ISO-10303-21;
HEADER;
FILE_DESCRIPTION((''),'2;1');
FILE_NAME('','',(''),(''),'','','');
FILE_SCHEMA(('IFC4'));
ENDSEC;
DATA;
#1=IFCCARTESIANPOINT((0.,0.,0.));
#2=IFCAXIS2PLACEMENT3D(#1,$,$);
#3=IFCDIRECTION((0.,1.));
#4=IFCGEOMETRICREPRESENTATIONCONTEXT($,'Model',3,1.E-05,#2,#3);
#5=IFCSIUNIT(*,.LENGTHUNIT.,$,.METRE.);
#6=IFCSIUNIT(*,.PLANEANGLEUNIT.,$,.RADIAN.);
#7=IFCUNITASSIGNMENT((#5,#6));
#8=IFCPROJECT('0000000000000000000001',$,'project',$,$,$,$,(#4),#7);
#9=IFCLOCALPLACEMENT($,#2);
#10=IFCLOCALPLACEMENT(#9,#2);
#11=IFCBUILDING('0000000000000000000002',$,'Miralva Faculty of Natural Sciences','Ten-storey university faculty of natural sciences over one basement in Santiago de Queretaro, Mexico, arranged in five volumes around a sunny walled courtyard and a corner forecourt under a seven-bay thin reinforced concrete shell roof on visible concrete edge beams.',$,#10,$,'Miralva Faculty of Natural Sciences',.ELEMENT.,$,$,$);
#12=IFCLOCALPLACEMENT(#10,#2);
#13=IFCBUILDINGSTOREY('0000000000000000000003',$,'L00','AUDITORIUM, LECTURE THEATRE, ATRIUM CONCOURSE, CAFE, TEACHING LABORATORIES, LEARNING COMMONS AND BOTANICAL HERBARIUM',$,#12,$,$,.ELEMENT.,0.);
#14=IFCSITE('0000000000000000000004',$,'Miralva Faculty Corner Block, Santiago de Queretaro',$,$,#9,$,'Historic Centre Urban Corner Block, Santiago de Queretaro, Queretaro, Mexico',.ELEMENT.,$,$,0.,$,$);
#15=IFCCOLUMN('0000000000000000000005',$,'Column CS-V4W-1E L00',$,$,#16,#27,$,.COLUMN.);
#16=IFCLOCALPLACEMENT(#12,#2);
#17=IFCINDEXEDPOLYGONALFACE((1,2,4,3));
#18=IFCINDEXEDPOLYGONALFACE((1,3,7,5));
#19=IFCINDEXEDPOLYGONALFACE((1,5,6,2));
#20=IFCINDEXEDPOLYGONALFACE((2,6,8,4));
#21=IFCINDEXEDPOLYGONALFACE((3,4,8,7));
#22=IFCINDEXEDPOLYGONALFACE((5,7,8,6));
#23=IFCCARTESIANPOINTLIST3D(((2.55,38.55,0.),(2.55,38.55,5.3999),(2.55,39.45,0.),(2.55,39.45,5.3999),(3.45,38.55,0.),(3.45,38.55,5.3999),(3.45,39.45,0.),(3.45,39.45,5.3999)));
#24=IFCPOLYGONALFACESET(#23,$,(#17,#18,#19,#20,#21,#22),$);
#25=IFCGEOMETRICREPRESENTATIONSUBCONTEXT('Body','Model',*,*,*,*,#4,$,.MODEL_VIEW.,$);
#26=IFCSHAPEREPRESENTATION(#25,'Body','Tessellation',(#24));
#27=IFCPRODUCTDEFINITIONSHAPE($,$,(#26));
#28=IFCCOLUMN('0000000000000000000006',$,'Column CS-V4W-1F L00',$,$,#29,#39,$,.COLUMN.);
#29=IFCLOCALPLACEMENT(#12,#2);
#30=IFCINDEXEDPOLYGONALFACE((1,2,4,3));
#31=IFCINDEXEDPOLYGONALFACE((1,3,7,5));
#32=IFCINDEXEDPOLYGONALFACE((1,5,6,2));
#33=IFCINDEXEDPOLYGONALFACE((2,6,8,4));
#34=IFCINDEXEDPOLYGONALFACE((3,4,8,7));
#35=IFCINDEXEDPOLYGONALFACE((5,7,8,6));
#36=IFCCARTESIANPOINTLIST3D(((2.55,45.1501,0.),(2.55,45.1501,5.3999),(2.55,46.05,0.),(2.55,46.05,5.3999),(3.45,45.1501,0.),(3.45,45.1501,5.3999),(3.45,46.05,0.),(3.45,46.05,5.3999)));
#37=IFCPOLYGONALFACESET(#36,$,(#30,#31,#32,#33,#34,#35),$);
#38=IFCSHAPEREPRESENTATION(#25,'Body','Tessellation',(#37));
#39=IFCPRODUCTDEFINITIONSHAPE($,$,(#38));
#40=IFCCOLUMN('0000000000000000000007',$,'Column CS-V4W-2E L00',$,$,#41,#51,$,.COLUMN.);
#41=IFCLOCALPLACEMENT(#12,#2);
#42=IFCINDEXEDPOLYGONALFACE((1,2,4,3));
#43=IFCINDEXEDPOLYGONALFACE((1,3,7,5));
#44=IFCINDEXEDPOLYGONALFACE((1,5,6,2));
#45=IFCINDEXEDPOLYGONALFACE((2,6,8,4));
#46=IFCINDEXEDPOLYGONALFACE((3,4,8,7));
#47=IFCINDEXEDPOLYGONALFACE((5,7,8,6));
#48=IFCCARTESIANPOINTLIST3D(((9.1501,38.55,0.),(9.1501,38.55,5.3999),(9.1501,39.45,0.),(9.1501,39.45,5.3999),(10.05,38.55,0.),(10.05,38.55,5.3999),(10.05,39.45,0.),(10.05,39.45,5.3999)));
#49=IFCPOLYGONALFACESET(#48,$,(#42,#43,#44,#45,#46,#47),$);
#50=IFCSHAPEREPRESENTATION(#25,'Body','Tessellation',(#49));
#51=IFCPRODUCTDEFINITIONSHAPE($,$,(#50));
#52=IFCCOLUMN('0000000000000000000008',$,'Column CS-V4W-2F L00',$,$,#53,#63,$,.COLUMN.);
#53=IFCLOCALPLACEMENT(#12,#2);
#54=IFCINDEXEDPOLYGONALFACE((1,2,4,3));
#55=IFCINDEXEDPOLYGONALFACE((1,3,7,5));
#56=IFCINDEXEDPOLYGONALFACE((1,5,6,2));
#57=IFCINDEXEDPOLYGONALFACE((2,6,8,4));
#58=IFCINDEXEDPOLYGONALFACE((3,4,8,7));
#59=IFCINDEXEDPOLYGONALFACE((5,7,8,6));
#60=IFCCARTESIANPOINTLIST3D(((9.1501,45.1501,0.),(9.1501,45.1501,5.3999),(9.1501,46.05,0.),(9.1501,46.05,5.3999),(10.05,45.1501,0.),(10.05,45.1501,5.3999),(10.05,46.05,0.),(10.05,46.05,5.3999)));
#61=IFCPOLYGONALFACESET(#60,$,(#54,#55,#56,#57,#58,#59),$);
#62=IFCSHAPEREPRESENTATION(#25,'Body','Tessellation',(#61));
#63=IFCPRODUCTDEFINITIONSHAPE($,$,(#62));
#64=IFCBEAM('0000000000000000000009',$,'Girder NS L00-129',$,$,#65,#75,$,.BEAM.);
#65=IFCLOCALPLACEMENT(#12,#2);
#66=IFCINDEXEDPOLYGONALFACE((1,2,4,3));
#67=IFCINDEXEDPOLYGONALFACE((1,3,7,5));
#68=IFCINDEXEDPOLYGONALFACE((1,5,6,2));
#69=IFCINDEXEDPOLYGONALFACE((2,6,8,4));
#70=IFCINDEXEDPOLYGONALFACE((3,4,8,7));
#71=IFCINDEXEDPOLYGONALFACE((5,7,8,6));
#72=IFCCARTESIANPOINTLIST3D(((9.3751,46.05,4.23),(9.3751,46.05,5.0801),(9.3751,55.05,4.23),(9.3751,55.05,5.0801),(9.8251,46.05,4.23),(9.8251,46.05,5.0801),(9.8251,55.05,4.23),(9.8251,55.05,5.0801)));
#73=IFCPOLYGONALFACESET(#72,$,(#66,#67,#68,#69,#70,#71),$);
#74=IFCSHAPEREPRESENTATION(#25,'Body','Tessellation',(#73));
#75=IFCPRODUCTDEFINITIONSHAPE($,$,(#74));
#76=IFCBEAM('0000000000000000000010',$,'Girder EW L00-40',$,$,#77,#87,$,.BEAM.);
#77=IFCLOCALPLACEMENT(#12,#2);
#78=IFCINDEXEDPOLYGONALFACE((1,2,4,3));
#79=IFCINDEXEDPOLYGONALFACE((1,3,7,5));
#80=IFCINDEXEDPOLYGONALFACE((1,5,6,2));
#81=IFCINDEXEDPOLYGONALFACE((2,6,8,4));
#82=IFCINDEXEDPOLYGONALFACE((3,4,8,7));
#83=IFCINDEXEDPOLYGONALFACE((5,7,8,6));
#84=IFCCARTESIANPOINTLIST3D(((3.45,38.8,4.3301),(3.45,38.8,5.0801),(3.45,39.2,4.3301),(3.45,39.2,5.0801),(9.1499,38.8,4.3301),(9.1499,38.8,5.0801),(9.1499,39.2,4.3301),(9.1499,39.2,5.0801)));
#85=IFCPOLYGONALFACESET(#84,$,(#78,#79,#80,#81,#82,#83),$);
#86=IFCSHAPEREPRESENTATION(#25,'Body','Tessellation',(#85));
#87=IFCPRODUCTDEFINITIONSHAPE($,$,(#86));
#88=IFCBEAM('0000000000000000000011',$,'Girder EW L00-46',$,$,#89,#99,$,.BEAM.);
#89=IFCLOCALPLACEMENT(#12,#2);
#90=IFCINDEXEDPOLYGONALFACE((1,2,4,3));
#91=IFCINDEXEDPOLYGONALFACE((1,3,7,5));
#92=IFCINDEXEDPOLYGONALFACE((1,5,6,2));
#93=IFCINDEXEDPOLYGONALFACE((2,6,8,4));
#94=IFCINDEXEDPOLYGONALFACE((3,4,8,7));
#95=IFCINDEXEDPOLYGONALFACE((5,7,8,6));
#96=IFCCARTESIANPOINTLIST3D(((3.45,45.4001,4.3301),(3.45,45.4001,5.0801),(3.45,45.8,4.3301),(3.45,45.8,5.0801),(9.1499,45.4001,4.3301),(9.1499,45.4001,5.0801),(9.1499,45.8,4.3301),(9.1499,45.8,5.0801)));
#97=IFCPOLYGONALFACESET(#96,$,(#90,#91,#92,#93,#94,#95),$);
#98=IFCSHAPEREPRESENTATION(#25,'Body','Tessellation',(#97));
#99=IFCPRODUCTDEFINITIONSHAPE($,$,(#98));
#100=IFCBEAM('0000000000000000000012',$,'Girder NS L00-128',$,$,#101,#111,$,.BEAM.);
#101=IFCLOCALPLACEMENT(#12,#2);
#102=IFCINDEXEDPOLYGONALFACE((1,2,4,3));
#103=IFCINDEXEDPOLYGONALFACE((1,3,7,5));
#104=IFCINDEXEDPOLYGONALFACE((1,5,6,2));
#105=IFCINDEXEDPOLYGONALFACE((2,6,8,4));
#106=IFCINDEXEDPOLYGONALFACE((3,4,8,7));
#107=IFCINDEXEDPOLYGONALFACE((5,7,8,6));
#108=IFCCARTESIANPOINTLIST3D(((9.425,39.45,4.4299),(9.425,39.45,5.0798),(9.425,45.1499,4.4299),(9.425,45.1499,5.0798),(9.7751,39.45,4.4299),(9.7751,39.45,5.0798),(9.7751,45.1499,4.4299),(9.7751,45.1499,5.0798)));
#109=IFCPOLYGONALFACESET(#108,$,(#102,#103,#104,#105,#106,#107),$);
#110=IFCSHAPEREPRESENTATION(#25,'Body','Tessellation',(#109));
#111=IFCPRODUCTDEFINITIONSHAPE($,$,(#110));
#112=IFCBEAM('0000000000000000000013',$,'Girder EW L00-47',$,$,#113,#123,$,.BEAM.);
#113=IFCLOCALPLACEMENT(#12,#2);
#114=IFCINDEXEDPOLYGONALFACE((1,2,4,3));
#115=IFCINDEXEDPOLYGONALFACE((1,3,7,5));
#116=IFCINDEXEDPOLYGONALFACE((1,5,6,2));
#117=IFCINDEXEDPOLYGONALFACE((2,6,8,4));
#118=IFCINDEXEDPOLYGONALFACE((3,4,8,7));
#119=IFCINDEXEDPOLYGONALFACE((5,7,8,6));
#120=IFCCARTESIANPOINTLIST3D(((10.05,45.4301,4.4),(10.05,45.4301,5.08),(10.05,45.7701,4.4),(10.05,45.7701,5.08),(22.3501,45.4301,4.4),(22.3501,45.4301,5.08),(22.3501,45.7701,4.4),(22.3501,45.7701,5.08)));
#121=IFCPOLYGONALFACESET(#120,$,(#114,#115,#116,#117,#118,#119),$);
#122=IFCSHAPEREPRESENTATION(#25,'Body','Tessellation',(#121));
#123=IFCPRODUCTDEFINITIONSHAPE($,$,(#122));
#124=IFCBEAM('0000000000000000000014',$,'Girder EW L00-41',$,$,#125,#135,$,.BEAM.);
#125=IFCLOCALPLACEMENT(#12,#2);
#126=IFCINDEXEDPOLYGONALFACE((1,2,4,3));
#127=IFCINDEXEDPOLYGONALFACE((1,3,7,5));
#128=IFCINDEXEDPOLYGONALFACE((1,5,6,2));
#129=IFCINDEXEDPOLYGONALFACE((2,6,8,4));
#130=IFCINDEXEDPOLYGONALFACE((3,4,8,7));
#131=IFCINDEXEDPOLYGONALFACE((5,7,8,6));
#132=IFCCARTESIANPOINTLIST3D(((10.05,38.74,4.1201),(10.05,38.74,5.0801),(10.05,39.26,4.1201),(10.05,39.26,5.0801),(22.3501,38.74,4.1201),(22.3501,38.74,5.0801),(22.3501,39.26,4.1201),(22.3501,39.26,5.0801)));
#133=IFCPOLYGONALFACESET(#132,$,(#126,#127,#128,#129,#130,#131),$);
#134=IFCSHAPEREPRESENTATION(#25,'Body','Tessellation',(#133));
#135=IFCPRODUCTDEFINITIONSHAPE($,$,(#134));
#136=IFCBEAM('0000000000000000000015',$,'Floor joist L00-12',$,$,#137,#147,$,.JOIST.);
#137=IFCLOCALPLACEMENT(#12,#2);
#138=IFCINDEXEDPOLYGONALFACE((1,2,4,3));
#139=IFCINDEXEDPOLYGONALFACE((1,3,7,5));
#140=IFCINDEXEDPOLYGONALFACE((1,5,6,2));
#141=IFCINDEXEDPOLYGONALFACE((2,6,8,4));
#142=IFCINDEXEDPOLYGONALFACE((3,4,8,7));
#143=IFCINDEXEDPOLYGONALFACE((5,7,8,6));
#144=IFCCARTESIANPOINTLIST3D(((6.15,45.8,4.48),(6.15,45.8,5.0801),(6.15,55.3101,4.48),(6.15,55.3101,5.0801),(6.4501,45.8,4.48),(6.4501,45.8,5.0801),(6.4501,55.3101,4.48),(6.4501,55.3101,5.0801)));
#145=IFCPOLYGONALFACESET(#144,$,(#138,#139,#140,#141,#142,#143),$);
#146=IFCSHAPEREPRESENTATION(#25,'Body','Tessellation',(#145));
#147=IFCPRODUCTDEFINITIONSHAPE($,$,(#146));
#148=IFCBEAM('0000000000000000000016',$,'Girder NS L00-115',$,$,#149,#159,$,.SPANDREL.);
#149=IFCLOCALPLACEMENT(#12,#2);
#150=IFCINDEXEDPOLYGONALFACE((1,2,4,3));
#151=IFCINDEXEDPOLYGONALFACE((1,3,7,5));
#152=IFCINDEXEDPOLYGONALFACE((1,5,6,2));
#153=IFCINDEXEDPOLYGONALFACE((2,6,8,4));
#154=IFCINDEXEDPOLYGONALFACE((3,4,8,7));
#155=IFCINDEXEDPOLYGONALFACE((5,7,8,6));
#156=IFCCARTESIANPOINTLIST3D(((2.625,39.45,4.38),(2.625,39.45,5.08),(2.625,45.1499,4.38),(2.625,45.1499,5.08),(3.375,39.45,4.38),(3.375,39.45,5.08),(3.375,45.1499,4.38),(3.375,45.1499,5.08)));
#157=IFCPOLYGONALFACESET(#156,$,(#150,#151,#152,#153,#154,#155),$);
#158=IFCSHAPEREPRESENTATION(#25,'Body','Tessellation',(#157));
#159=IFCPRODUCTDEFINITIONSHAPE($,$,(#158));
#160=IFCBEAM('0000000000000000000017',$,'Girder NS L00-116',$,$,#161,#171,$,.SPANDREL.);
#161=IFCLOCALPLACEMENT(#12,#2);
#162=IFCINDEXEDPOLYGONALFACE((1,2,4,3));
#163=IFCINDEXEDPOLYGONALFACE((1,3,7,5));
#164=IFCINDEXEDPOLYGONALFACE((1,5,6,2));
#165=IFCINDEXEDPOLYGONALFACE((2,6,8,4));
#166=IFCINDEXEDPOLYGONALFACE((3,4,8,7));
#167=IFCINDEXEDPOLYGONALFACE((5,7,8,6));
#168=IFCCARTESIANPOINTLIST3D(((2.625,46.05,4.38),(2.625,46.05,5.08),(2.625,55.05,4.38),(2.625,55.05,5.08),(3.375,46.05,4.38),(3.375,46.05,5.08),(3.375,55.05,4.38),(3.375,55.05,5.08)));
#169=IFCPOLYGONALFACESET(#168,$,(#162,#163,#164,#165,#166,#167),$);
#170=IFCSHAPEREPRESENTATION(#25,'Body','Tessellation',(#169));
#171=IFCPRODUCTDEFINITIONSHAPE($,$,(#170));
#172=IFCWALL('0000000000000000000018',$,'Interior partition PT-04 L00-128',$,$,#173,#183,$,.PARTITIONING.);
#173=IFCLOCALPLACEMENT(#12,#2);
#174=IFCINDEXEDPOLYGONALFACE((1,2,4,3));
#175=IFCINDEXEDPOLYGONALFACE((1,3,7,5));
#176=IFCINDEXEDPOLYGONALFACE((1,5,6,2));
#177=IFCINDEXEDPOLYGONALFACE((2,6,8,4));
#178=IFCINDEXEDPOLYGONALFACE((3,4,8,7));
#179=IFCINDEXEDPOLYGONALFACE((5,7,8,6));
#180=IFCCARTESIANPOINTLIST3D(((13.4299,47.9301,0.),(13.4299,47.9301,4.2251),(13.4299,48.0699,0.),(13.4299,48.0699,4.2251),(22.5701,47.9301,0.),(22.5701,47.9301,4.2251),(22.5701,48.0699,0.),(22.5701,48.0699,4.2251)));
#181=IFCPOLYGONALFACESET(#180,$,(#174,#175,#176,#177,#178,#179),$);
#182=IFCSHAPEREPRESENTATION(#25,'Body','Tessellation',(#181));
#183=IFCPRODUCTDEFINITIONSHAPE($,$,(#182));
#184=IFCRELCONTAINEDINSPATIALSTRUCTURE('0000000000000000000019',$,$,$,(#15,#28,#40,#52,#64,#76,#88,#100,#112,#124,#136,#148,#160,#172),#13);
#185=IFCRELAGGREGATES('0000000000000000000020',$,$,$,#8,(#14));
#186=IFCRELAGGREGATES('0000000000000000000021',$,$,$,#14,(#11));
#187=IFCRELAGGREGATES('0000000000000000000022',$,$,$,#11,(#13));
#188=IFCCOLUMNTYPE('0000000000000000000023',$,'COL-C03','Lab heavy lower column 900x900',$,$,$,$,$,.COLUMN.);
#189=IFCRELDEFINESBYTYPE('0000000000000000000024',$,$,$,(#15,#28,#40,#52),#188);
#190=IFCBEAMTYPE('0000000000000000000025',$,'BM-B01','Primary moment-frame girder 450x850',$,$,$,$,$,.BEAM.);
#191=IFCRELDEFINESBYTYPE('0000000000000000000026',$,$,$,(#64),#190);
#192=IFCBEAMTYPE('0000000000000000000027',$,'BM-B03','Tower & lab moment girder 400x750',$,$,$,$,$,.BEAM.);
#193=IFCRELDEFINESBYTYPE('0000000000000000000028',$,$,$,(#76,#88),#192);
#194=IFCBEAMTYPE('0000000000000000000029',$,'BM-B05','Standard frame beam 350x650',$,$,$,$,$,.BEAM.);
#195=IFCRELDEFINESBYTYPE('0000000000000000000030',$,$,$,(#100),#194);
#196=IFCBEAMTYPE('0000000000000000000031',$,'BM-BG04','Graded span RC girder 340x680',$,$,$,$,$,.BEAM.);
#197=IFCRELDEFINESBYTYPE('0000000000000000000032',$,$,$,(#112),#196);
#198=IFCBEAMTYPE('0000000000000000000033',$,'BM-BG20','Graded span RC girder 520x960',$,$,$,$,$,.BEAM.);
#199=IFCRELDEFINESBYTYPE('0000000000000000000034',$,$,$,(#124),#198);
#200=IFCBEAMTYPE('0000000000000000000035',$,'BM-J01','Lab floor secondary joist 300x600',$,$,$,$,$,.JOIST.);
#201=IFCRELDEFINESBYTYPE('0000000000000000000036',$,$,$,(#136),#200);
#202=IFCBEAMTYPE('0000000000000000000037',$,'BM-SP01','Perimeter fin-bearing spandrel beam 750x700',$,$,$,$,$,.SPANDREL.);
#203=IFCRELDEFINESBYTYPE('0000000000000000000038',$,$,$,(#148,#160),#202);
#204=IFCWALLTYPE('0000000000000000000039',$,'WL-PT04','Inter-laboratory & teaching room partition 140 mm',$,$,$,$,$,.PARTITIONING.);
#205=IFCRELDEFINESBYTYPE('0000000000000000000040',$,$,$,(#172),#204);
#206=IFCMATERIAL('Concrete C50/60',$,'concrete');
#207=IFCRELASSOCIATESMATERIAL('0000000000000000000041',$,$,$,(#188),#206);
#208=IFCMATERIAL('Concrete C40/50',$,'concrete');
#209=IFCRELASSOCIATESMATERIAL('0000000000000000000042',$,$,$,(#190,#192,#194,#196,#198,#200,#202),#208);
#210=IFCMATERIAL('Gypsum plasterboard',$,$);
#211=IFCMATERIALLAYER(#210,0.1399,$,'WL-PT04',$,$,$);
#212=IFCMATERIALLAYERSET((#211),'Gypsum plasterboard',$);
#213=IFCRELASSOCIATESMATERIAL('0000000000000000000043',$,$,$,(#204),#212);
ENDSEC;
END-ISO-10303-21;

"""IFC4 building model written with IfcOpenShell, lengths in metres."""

from ifc_helpers import new_model, si_unit, direction, frame, frame_2d, origin, origin_2d, place, context, subcontext, project, spatial, rectangle, extrude, material, layer, layer_set, material_profile, profile_set, type_object, element, save


model = new_model("IFC4")

# Units and contexts
model_context = context("Model", 3, precision=1e-05, world=origin(), true_north=direction((0.0, 1.0)))
body_context = subcontext(model_context, "Body", "Model", "MODEL_VIEW")
ifc_project = project(units=[si_unit("LENGTHUNIT", "METRE"), si_unit("PLANEANGLEUNIT", "RADIAN")], contexts=[model_context])

# Site, building, storey
site_placement = place(None, origin())
site = spatial("IfcSite", under=ifc_project, at=site_placement, Name="Miralva Faculty Corner Block, Santiago de Queretaro", LongName="Historic Centre Urban Corner Block, Santiago de Queretaro, Queretaro, Mexico", CompositionType="ELEMENT", RefElevation=0.0)
building_placement = place(site_placement, origin())
building = spatial("IfcBuilding", under=site, at=building_placement, Name="Miralva Faculty of Natural Sciences", Description="Ten-storey university faculty of natural sciences over one basement in Santiago de Queretaro, Mexico, arranged in five volumes around a sunny walled courtyard and a corner forecourt under a seven-bay thin reinforced concrete shell roof on visible concrete edge beams.", LongName="Miralva Faculty of Natural Sciences", CompositionType="ELEMENT")
storey_placement = place(building_placement, origin())
storey = spatial("IfcBuildingStorey", under=building, at=storey_placement, Name="L00", Description="AUDITORIUM, LECTURE THEATRE, ATRIUM CONCOURSE, CAFE, TEACHING LABORATORIES, LEARNING COMMONS AND BOTANICAL HERBARIUM", CompositionType="ELEMENT", Elevation=0.0)

# Columns
ifc_material_1 = material(Name="Concrete C50/60", Category="concrete")
ifc_material_profile_1 = material_profile(ifc_material_1, rectangle(XDim=0.8999, YDim=0.8999, at=origin_2d()), Name="RC 900x900")
ifc_profile_set_1 = profile_set([ifc_material_profile_1], Name="Concrete C50/60")
column_type = type_object("IfcColumnType", Name="COL-C03", Description="Lab heavy lower column 900x900", PredefinedType="COLUMN", material=ifc_profile_set_1)
for number, where, z_axis, x_axis, name in (
    (1, (3.0, 39.0, 0.0), (0.0, 0.0, 1.0), (1.0, 0.0, 0.0), "Column CS-V4W-1E L00"),
    (2, (3.0, 45.6001, 0.0), (0.0, 0.0, 1.0), (1.0, 0.0, 0.0), "Column CS-V4W-1F L00"),
    (3, (9.6001, 39.0, 0.0), (0.0, 0.0, 1.0), (1.0, 0.0, 0.0), "Column CS-V4W-2E L00"),
    (4, (9.6001, 45.6001, 0.0), (0.0, 0.0, 1.0), (1.0, 0.0, 0.0), "Column CS-V4W-2F L00"),
):
    element("IfcColumn", number, at=place(storey_placement, frame(where, z_axis=z_axis, x_axis=x_axis)), inside=storey, type_object=column_type, Name=name, PredefinedType="COLUMN", context=body_context, shape_type="SweptSolid", body=[
        extrude(rectangle(XDim=0.8999, YDim=0.8999, at=origin_2d()), origin(), (0.0, 0.0, 1.0), 5.3999),
    ])

# Beams
ifc_material_2 = material(Name="Concrete C40/50", Category="concrete")
ifc_material_profile_2 = material_profile(ifc_material_2, rectangle(XDim=0.45, YDim=0.8501, at=origin_2d()), Name="RC 450x850")
ifc_profile_set_2 = profile_set([ifc_material_profile_2], Name="Concrete C40/50")
beam_type_1 = type_object("IfcBeamType", Name="BM-B01", Description="Primary moment-frame girder 450x850", PredefinedType="BEAM", material=ifc_profile_set_2)
beam_1_placement = place(storey_placement, frame((9.6001, 46.05, 4.655), z_axis=(0.0, 1.0, 0.0), x_axis=(-1.0, 0.0, 0.0)))
element("IfcBeam", 5, at=beam_1_placement, inside=storey, type_object=beam_type_1, Name="Girder NS L00-129", PredefinedType="BEAM", context=body_context, shape_type="SweptSolid", body=[
    extrude(rectangle(XDim=0.45, YDim=0.8501, at=origin_2d()), origin(), (0.0, 0.0, 1.0), 9.0),
])
ifc_material_profile_3 = material_profile(ifc_material_2, rectangle(XDim=0.3999, YDim=0.75, at=origin_2d()), Name="RC 400x750")
ifc_profile_set_3 = profile_set([ifc_material_profile_3], Name="Concrete C40/50")
beam_type_2 = type_object("IfcBeamType", Name="BM-B03", Description="Tower & lab moment girder 400x750", PredefinedType="BEAM", material=ifc_profile_set_3)
for number, where, z_axis, x_axis, name in (
    (6, (3.45, 39.0, 4.7051), (1.0, 0.0, 0.0), (0.0, 1.0, 0.0), "Girder EW L00-40"),
    (7, (3.45, 45.6001, 4.7051), (1.0, 0.0, 0.0), (0.0, 1.0, 0.0), "Girder EW L00-46"),
):
    element("IfcBeam", number, at=place(storey_placement, frame(where, z_axis=z_axis, x_axis=x_axis)), inside=storey, type_object=beam_type_2, Name=name, PredefinedType="BEAM", context=body_context, shape_type="SweptSolid", body=[
        extrude(rectangle(XDim=0.3999, YDim=0.75, at=origin_2d()), origin(), (0.0, 0.0, 1.0), 5.7),
    ])
ifc_material_profile_4 = material_profile(ifc_material_2, rectangle(XDim=0.3501, YDim=0.6499, at=origin_2d()), Name="RC 350x650")
ifc_profile_set_4 = profile_set([ifc_material_profile_4], Name="Concrete C40/50")
beam_type_3 = type_object("IfcBeamType", Name="BM-B05", Description="Standard frame beam 350x650", PredefinedType="BEAM", material=ifc_profile_set_4)
beam_2_placement = place(storey_placement, frame((9.6001, 39.45, 4.7549), z_axis=(0.0, 1.0, 0.0), x_axis=(-1.0, 0.0, 0.0)))
element("IfcBeam", 8, at=beam_2_placement, inside=storey, type_object=beam_type_3, Name="Girder NS L00-128", PredefinedType="BEAM", context=body_context, shape_type="SweptSolid", body=[
    extrude(rectangle(XDim=0.3501, YDim=0.6499, at=origin_2d()), origin(), (0.0, 0.0, 1.0), 5.7),
])
ifc_material_profile_5 = material_profile(ifc_material_2, rectangle(XDim=0.3401, YDim=0.6799, at=origin_2d()), Name="RC 340x680")
ifc_profile_set_5 = profile_set([ifc_material_profile_5], Name="Concrete C40/50")
beam_type_4 = type_object("IfcBeamType", Name="BM-BG04", Description="Graded span RC girder 340x680", PredefinedType="BEAM", material=ifc_profile_set_5)
beam_3_placement = place(storey_placement, frame((10.05, 45.6001, 4.74), z_axis=(1.0, 0.0, 0.0), x_axis=(0.0, 1.0, 0.0)))
element("IfcBeam", 9, at=beam_3_placement, inside=storey, type_object=beam_type_4, Name="Girder EW L00-47", PredefinedType="BEAM", context=body_context, shape_type="SweptSolid", body=[
    extrude(rectangle(XDim=0.3401, YDim=0.6799, at=origin_2d()), origin(), (0.0, 0.0, 1.0), 12.3),
])
ifc_material_profile_6 = material_profile(ifc_material_2, rectangle(XDim=0.52, YDim=0.96, at=origin_2d()), Name="RC 520x960")
ifc_profile_set_6 = profile_set([ifc_material_profile_6], Name="Concrete C40/50")
beam_type_5 = type_object("IfcBeamType", Name="BM-BG20", Description="Graded span RC girder 520x960", PredefinedType="BEAM", material=ifc_profile_set_6)
beam_4_placement = place(storey_placement, frame((10.05, 39.0, 4.6001), z_axis=(1.0, 0.0, 0.0), x_axis=(0.0, 1.0, 0.0)))
element("IfcBeam", 10, at=beam_4_placement, inside=storey, type_object=beam_type_5, Name="Girder EW L00-41", PredefinedType="BEAM", context=body_context, shape_type="SweptSolid", body=[
    extrude(rectangle(XDim=0.52, YDim=0.96, at=origin_2d()), origin(), (0.0, 0.0, 1.0), 12.3),
])
ifc_material_profile_7 = material_profile(ifc_material_2, rectangle(XDim=0.3, YDim=0.6001, at=origin_2d()), Name="RC 300x600")
ifc_profile_set_7 = profile_set([ifc_material_profile_7], Name="Concrete C40/50")
beam_type_6 = type_object("IfcBeamType", Name="BM-J01", Description="Lab floor secondary joist 300x600", PredefinedType="JOIST", material=ifc_profile_set_7)
beam_5_placement = place(storey_placement, frame((6.3, 45.8, 4.78), z_axis=(0.0, 1.0, 0.0), x_axis=(-1.0, 0.0, 0.0)))
element("IfcBeam", 11, at=beam_5_placement, inside=storey, type_object=beam_type_6, Name="Floor joist L00-12", PredefinedType="JOIST", context=body_context, shape_type="SweptSolid", body=[
    extrude(rectangle(XDim=0.3, YDim=0.6001, at=origin_2d()), origin(), (0.0, 0.0, 1.0), 9.51),
])
ifc_material_profile_8 = material_profile(ifc_material_2, rectangle(XDim=0.75, YDim=0.7, at=origin_2d()), Name="RC 750x700")
ifc_profile_set_8 = profile_set([ifc_material_profile_8], Name="Concrete C40/50")
beam_type_7 = type_object("IfcBeamType", Name="BM-SP01", Description="Perimeter fin-bearing spandrel beam 750x700", PredefinedType="SPANDREL", material=ifc_profile_set_8)
beam_6_placement = place(storey_placement, frame((3.0, 39.45, 4.73), z_axis=(0.0, 1.0, 0.0), x_axis=(-1.0, 0.0, 0.0)))
element("IfcBeam", 12, at=beam_6_placement, inside=storey, type_object=beam_type_7, Name="Girder NS L00-115", PredefinedType="SPANDREL", context=body_context, shape_type="SweptSolid", body=[
    extrude(rectangle(XDim=0.75, YDim=0.7, at=origin_2d()), origin(), (0.0, 0.0, 1.0), 5.7),
])
beam_7_placement = place(storey_placement, frame((3.0, 46.05, 4.73), z_axis=(0.0, 1.0, 0.0), x_axis=(-1.0, 0.0, 0.0)))
element("IfcBeam", 13, at=beam_7_placement, inside=storey, type_object=beam_type_7, Name="Girder NS L00-116", PredefinedType="SPANDREL", context=body_context, shape_type="SweptSolid", body=[
    extrude(rectangle(XDim=0.75, YDim=0.7, at=origin_2d()), origin(), (0.0, 0.0, 1.0), 9.0),
])

# Wall
ifc_material_3 = material(Name="Gypsum plasterboard")
ifc_layer_1 = layer(ifc_material_3, 0.1399, Name="WL-PT04")
ifc_layer_set_1 = layer_set([ifc_layer_1], Name="Gypsum plasterboard")
wall_type_1 = type_object("IfcWallType", Name="WL-PT04", Description="Inter-laboratory & teaching room partition 140 mm", PredefinedType="PARTITIONING", material=ifc_layer_set_1)
wall_1_placement = place(storey_placement, frame((13.4299, 48.0, 0.0), z_axis=(0.0, 0.0, 1.0), x_axis=(1.0, 0.0, 0.0)))
element("IfcWall", 14, at=wall_1_placement, inside=storey, type_object=wall_type_1, Name="Interior partition PT-04 L00-128", PredefinedType="PARTITIONING", context=body_context, shape_type="SweptSolid", body=[
    extrude(rectangle(XDim=9.1401, YDim=0.1399, at=frame_2d((4.5701, 0.0))), origin(), (0.0, 0.0, 1.0), 4.2251),
])

save(model, "model.ifc")
